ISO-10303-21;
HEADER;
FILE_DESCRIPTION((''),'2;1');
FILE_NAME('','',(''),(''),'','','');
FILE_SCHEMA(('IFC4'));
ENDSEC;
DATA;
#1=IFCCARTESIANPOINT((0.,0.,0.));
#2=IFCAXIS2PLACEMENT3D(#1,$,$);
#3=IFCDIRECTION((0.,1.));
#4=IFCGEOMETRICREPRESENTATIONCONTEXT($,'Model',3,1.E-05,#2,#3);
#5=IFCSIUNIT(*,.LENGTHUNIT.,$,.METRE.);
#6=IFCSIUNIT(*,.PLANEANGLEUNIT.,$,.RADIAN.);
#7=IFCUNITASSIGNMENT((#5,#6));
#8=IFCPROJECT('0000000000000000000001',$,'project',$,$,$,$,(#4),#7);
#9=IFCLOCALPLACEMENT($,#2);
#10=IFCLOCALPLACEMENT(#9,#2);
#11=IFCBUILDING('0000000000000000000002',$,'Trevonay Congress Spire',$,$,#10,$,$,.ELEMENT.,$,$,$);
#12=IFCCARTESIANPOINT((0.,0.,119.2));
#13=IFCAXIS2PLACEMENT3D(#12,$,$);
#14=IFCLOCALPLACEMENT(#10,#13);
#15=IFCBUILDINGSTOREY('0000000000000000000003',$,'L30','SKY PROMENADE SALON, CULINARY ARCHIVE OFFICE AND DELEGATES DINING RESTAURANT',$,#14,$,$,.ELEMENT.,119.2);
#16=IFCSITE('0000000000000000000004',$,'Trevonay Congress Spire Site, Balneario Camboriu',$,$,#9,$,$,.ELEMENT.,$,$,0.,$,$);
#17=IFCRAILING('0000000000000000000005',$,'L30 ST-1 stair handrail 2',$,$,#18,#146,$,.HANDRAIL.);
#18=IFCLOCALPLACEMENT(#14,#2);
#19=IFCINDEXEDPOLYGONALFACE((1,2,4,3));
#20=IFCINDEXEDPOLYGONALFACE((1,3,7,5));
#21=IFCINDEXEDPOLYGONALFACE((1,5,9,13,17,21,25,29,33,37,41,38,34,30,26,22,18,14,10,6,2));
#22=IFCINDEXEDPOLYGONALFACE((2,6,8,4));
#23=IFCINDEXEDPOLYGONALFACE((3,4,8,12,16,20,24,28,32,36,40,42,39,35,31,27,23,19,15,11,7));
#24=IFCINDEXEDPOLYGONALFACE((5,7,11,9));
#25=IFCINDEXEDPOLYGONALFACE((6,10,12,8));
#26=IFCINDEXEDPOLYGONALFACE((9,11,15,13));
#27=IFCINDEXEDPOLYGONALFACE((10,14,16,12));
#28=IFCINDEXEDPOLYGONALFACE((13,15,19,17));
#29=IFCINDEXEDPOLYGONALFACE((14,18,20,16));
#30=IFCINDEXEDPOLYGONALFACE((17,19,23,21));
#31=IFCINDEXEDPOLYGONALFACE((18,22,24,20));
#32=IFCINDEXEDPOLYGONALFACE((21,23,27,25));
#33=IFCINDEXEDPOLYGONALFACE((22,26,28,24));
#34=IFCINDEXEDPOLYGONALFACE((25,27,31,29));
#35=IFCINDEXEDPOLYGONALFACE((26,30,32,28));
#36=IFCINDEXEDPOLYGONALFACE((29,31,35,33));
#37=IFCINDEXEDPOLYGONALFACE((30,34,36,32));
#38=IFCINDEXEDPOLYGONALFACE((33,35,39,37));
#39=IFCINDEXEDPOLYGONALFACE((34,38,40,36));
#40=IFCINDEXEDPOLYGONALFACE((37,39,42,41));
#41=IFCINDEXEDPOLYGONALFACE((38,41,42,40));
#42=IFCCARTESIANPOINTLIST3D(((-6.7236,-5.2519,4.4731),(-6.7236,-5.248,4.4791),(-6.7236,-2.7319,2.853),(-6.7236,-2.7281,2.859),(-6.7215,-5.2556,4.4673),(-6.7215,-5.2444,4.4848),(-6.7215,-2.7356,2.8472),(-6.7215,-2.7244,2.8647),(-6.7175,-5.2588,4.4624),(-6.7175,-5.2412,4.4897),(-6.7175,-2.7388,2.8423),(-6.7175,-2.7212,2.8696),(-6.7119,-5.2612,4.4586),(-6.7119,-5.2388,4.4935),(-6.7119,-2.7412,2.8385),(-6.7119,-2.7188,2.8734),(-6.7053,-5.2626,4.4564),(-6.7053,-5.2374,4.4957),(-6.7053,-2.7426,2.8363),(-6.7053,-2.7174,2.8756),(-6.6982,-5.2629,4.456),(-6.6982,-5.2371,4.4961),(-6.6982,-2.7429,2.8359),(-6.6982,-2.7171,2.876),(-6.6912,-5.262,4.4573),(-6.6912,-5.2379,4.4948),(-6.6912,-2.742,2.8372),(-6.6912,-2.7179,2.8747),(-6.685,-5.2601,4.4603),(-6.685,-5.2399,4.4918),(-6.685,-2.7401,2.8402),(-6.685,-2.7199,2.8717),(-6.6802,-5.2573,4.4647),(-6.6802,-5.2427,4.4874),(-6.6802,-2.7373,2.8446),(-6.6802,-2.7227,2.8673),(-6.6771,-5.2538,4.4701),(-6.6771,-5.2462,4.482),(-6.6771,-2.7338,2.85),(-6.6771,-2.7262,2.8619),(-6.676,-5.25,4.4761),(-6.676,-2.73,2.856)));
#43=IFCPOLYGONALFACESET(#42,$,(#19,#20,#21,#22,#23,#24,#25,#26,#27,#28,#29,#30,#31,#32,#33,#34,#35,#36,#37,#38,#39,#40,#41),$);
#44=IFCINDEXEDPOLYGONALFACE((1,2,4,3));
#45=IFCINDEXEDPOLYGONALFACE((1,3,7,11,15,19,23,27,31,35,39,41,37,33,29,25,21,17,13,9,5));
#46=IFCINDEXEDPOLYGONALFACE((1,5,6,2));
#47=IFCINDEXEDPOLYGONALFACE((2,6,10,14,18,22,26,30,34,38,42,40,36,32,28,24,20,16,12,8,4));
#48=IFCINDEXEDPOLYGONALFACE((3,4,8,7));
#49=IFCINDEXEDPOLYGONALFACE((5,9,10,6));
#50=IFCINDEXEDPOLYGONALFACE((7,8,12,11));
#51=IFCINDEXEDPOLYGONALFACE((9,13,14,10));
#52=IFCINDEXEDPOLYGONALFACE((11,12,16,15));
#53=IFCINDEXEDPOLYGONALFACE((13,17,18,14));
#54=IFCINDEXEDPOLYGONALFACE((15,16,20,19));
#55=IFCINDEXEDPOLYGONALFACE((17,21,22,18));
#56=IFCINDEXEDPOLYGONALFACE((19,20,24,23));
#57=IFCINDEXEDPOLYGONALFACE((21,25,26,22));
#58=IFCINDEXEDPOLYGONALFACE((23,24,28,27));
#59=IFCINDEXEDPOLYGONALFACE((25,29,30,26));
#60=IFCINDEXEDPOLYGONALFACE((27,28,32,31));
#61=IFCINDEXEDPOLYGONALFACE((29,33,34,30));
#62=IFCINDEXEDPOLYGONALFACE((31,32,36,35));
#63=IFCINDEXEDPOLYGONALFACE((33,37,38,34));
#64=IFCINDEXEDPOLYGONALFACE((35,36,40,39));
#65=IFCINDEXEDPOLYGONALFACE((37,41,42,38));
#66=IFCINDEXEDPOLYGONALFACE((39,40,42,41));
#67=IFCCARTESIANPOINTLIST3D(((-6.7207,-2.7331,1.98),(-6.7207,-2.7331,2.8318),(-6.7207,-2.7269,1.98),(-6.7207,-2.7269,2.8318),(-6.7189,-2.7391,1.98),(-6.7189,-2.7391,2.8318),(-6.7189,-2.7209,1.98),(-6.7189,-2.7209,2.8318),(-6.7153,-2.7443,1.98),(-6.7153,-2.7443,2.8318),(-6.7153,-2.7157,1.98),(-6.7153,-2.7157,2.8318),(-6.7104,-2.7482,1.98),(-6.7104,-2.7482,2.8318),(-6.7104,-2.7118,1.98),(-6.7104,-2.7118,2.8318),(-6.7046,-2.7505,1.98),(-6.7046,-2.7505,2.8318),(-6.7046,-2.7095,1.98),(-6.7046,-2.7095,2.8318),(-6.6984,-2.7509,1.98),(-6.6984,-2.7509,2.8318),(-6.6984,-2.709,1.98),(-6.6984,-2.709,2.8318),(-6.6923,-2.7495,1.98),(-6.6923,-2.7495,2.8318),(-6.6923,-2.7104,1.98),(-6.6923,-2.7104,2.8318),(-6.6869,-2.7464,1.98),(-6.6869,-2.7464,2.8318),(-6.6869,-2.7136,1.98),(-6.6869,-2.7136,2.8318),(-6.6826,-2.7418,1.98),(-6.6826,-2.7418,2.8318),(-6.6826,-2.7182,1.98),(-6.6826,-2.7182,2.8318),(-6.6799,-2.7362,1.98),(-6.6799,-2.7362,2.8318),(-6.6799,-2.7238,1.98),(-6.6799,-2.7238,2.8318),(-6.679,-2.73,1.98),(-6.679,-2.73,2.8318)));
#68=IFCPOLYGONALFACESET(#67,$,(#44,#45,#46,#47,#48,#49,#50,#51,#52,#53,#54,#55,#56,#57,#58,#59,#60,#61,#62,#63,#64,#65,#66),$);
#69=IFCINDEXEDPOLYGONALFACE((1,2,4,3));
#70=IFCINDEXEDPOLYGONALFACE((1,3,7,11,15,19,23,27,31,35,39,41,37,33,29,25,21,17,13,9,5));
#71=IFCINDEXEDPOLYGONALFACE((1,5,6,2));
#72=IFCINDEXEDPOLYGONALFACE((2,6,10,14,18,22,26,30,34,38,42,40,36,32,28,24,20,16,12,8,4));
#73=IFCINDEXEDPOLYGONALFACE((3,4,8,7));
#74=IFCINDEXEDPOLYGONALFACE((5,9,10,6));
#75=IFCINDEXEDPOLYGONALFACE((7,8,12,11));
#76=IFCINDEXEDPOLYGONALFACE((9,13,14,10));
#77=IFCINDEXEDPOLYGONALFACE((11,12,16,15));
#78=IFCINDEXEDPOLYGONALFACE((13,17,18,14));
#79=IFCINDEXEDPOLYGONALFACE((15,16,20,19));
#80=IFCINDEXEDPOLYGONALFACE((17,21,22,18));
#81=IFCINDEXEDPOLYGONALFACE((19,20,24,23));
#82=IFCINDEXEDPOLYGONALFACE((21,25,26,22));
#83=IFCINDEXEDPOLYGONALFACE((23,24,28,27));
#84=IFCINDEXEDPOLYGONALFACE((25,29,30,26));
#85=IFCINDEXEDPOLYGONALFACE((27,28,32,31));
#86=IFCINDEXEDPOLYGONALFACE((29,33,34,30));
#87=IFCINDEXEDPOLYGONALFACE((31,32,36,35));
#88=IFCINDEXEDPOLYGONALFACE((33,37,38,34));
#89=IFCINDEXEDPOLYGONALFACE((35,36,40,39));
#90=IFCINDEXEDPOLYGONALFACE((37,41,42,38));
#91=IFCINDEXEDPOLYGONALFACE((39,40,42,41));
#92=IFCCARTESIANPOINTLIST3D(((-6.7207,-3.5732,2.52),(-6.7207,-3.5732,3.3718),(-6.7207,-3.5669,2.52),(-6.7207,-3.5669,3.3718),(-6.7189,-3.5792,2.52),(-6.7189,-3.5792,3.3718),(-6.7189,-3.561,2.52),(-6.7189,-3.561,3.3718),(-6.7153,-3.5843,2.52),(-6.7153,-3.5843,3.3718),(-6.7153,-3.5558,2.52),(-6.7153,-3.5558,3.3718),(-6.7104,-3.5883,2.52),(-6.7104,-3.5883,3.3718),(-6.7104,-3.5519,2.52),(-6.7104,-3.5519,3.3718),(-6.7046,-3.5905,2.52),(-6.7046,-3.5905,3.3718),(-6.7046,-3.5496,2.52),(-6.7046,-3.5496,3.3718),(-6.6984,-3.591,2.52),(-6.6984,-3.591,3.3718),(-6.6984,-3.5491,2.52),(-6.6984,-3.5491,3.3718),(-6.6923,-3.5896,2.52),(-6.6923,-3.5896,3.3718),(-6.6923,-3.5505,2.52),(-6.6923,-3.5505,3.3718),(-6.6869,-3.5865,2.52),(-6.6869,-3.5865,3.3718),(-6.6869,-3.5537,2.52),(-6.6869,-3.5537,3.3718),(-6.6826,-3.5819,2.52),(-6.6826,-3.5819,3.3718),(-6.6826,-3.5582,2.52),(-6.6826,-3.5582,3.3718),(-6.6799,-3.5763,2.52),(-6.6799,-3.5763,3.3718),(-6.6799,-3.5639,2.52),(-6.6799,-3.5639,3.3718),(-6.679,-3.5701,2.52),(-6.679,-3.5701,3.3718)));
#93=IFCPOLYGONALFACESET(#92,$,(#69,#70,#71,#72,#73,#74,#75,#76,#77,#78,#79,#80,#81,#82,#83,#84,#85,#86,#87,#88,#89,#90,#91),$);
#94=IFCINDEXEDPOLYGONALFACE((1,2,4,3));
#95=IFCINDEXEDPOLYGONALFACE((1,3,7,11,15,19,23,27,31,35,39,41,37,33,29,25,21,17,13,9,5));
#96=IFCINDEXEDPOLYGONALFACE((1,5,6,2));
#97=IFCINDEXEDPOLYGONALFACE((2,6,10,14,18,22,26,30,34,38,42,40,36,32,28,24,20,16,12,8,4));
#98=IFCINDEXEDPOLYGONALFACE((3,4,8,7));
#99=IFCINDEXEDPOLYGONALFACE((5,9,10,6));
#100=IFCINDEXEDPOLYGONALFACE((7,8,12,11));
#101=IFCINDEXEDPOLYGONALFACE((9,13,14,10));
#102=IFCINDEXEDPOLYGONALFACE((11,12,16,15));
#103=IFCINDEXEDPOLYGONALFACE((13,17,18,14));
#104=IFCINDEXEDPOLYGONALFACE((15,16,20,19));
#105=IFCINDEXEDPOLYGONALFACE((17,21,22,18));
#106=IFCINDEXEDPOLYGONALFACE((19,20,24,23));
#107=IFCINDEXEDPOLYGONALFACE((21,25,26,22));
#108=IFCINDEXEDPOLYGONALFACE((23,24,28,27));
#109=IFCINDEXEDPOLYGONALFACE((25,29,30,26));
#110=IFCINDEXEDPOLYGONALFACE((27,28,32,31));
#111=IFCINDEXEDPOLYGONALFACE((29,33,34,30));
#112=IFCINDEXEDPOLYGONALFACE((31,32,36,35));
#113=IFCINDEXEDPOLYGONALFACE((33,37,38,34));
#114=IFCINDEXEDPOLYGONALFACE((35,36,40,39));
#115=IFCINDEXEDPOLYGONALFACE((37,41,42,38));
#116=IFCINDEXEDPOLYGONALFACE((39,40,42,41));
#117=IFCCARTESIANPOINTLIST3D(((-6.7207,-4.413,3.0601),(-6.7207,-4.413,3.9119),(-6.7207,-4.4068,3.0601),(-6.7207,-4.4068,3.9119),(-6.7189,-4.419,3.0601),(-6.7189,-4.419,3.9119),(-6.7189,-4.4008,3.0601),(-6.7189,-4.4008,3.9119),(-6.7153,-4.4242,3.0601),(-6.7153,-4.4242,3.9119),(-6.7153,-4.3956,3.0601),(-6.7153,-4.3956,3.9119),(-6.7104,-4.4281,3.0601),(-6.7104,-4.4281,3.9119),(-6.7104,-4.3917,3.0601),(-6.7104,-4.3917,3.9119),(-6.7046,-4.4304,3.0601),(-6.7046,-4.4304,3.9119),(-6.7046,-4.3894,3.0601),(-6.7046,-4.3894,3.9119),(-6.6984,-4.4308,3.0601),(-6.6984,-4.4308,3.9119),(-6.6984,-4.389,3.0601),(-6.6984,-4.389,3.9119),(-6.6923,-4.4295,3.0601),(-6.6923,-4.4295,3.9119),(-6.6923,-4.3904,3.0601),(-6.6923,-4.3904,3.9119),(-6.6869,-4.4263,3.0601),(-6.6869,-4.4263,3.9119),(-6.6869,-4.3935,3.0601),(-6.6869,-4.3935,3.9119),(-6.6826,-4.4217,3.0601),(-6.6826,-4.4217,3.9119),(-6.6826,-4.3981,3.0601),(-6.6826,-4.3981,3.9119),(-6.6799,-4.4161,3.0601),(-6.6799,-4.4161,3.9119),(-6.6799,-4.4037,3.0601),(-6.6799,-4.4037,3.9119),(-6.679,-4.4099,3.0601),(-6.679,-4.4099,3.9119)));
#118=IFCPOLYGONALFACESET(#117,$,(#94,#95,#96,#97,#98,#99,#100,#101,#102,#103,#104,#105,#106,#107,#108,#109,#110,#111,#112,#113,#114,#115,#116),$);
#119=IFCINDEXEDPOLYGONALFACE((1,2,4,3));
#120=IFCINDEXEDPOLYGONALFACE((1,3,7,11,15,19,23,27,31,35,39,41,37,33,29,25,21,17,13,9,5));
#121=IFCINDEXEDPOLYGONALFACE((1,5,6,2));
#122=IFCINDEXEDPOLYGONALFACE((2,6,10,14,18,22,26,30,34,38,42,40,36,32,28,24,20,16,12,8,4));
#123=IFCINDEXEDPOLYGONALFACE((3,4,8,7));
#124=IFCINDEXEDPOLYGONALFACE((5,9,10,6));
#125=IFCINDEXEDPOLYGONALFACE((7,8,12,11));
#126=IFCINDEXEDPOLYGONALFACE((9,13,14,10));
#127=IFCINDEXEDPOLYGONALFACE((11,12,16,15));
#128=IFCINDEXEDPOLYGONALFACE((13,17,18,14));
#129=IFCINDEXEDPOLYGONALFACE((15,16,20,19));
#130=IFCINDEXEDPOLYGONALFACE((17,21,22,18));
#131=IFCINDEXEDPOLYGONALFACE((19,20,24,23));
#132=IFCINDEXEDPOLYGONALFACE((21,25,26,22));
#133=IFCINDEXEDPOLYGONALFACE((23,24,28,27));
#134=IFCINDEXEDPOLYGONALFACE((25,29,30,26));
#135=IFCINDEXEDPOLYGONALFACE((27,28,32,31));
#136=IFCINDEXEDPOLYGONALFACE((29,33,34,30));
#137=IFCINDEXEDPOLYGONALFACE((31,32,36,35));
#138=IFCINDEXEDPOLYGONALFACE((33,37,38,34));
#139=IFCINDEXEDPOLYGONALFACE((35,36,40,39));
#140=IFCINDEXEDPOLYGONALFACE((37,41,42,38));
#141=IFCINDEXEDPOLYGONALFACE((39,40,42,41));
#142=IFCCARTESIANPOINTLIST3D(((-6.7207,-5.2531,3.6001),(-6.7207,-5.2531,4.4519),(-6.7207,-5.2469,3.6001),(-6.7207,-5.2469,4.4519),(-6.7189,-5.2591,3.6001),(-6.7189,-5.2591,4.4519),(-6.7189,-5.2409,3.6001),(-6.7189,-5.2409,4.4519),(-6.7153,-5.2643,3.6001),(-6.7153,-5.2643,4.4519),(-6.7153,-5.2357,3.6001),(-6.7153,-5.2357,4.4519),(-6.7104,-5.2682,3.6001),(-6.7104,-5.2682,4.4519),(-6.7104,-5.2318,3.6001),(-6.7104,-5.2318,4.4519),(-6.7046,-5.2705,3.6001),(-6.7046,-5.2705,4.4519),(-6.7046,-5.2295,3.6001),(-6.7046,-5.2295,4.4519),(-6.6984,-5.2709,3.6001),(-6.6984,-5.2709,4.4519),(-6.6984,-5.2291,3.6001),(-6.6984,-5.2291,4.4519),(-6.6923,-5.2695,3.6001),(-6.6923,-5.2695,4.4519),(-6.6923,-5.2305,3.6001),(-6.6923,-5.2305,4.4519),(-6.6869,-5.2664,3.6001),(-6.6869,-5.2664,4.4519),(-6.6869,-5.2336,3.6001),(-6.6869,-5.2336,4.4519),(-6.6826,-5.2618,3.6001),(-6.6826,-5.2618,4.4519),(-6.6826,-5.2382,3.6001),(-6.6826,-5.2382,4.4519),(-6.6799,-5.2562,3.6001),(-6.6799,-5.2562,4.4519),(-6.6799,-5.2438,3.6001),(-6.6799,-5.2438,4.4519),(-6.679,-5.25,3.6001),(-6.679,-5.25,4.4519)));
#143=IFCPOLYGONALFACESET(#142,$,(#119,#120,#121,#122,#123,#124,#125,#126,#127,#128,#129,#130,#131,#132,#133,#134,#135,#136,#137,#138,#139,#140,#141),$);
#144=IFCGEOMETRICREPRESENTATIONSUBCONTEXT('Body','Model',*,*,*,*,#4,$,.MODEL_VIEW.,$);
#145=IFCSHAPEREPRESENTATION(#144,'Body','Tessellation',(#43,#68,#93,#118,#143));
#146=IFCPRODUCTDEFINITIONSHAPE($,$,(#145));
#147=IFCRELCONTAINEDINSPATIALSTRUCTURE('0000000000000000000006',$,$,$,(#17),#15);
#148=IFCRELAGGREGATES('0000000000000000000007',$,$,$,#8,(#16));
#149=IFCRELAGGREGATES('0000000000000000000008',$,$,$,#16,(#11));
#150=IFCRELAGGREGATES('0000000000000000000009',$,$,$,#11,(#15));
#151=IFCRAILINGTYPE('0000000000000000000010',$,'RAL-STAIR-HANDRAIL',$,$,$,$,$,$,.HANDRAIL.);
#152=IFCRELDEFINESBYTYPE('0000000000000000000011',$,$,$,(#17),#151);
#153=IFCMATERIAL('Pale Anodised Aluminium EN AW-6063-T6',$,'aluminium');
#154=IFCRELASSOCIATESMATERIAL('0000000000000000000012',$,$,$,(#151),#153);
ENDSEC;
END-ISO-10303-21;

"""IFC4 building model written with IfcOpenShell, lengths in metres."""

from ifc_helpers import new_model, si_unit, direction, frame, origin, origin_2d, place, context, subcontext, project, spatial, circle, extrude, material, type_object, element, save


model = new_model("IFC4")

# Units and contexts
model_context = context("Model", 3, precision=1e-05, world=origin(), true_north=direction((0.0, 1.0)))
body_context = subcontext(model_context, "Body", "Model", "MODEL_VIEW")
ifc_project = project(units=[si_unit("LENGTHUNIT", "METRE"), si_unit("PLANEANGLEUNIT", "RADIAN")], contexts=[model_context])

# Site, building, storey
site_placement = place(None, origin())
site = spatial("IfcSite", under=ifc_project, at=site_placement, Name="Trevonay Congress Spire Site, Balneario Camboriu", CompositionType="ELEMENT", RefElevation=0.0)
building_placement = place(site_placement, origin())
building = spatial("IfcBuilding", under=site, at=building_placement, Name="Trevonay Congress Spire", CompositionType="ELEMENT")
storey_placement = place(building_placement, frame((0.0, 0.0, 119.2)))
storey = spatial("IfcBuildingStorey", under=building, at=storey_placement, Name="L30", Description="SKY PROMENADE SALON, CULINARY ARCHIVE OFFICE AND DELEGATES DINING RESTAURANT", CompositionType="ELEMENT", Elevation=119.2)

# Shared definitions
ifc_material_1 = material(Name="Pale Anodised Aluminium EN AW-6063-T6", Category="aluminium")

# Railing
railing_type_1 = type_object("IfcRailingType", Name="RAL-STAIR-HANDRAIL", PredefinedType="HANDRAIL", material=ifc_material_1)
railing_1_placement = place(storey_placement, frame((-6.7, -2.73, 1.98)))
element("IfcRailing", 1, at=railing_1_placement, inside=storey, type_object=railing_type_1, Name="L30 ST-1 stair handrail 2", PredefinedType="HANDRAIL", context=body_context, shape_type="SweptSolid", body=[
    extrude(circle(Radius=0.0239, at=origin_2d()), frame((0.0, 0.0, 0.876), z_axis=(0.0, -0.841163, 0.540782), x_axis=(1.0, 0.0, 0.0)), (0.0, 0.0, 1.0), 2.9958),
    extrude(circle(Radius=0.021, at=origin_2d()), origin(), (0.0, 0.0, 1.0), 0.8518),
    extrude(circle(Radius=0.021, at=origin_2d()), frame((0.0, -0.8401, 0.54)), (0.0, 0.0, 1.0), 0.8518),
    extrude(circle(Radius=0.021, at=origin_2d()), frame((0.0, -1.6799, 1.0801)), (0.0, 0.0, 1.0), 0.8518),
    extrude(circle(Radius=0.021, at=origin_2d()), frame((0.0, -2.52, 1.6201)), (0.0, 0.0, 1.0), 0.8518),
])

save(model, "model.ifc")
